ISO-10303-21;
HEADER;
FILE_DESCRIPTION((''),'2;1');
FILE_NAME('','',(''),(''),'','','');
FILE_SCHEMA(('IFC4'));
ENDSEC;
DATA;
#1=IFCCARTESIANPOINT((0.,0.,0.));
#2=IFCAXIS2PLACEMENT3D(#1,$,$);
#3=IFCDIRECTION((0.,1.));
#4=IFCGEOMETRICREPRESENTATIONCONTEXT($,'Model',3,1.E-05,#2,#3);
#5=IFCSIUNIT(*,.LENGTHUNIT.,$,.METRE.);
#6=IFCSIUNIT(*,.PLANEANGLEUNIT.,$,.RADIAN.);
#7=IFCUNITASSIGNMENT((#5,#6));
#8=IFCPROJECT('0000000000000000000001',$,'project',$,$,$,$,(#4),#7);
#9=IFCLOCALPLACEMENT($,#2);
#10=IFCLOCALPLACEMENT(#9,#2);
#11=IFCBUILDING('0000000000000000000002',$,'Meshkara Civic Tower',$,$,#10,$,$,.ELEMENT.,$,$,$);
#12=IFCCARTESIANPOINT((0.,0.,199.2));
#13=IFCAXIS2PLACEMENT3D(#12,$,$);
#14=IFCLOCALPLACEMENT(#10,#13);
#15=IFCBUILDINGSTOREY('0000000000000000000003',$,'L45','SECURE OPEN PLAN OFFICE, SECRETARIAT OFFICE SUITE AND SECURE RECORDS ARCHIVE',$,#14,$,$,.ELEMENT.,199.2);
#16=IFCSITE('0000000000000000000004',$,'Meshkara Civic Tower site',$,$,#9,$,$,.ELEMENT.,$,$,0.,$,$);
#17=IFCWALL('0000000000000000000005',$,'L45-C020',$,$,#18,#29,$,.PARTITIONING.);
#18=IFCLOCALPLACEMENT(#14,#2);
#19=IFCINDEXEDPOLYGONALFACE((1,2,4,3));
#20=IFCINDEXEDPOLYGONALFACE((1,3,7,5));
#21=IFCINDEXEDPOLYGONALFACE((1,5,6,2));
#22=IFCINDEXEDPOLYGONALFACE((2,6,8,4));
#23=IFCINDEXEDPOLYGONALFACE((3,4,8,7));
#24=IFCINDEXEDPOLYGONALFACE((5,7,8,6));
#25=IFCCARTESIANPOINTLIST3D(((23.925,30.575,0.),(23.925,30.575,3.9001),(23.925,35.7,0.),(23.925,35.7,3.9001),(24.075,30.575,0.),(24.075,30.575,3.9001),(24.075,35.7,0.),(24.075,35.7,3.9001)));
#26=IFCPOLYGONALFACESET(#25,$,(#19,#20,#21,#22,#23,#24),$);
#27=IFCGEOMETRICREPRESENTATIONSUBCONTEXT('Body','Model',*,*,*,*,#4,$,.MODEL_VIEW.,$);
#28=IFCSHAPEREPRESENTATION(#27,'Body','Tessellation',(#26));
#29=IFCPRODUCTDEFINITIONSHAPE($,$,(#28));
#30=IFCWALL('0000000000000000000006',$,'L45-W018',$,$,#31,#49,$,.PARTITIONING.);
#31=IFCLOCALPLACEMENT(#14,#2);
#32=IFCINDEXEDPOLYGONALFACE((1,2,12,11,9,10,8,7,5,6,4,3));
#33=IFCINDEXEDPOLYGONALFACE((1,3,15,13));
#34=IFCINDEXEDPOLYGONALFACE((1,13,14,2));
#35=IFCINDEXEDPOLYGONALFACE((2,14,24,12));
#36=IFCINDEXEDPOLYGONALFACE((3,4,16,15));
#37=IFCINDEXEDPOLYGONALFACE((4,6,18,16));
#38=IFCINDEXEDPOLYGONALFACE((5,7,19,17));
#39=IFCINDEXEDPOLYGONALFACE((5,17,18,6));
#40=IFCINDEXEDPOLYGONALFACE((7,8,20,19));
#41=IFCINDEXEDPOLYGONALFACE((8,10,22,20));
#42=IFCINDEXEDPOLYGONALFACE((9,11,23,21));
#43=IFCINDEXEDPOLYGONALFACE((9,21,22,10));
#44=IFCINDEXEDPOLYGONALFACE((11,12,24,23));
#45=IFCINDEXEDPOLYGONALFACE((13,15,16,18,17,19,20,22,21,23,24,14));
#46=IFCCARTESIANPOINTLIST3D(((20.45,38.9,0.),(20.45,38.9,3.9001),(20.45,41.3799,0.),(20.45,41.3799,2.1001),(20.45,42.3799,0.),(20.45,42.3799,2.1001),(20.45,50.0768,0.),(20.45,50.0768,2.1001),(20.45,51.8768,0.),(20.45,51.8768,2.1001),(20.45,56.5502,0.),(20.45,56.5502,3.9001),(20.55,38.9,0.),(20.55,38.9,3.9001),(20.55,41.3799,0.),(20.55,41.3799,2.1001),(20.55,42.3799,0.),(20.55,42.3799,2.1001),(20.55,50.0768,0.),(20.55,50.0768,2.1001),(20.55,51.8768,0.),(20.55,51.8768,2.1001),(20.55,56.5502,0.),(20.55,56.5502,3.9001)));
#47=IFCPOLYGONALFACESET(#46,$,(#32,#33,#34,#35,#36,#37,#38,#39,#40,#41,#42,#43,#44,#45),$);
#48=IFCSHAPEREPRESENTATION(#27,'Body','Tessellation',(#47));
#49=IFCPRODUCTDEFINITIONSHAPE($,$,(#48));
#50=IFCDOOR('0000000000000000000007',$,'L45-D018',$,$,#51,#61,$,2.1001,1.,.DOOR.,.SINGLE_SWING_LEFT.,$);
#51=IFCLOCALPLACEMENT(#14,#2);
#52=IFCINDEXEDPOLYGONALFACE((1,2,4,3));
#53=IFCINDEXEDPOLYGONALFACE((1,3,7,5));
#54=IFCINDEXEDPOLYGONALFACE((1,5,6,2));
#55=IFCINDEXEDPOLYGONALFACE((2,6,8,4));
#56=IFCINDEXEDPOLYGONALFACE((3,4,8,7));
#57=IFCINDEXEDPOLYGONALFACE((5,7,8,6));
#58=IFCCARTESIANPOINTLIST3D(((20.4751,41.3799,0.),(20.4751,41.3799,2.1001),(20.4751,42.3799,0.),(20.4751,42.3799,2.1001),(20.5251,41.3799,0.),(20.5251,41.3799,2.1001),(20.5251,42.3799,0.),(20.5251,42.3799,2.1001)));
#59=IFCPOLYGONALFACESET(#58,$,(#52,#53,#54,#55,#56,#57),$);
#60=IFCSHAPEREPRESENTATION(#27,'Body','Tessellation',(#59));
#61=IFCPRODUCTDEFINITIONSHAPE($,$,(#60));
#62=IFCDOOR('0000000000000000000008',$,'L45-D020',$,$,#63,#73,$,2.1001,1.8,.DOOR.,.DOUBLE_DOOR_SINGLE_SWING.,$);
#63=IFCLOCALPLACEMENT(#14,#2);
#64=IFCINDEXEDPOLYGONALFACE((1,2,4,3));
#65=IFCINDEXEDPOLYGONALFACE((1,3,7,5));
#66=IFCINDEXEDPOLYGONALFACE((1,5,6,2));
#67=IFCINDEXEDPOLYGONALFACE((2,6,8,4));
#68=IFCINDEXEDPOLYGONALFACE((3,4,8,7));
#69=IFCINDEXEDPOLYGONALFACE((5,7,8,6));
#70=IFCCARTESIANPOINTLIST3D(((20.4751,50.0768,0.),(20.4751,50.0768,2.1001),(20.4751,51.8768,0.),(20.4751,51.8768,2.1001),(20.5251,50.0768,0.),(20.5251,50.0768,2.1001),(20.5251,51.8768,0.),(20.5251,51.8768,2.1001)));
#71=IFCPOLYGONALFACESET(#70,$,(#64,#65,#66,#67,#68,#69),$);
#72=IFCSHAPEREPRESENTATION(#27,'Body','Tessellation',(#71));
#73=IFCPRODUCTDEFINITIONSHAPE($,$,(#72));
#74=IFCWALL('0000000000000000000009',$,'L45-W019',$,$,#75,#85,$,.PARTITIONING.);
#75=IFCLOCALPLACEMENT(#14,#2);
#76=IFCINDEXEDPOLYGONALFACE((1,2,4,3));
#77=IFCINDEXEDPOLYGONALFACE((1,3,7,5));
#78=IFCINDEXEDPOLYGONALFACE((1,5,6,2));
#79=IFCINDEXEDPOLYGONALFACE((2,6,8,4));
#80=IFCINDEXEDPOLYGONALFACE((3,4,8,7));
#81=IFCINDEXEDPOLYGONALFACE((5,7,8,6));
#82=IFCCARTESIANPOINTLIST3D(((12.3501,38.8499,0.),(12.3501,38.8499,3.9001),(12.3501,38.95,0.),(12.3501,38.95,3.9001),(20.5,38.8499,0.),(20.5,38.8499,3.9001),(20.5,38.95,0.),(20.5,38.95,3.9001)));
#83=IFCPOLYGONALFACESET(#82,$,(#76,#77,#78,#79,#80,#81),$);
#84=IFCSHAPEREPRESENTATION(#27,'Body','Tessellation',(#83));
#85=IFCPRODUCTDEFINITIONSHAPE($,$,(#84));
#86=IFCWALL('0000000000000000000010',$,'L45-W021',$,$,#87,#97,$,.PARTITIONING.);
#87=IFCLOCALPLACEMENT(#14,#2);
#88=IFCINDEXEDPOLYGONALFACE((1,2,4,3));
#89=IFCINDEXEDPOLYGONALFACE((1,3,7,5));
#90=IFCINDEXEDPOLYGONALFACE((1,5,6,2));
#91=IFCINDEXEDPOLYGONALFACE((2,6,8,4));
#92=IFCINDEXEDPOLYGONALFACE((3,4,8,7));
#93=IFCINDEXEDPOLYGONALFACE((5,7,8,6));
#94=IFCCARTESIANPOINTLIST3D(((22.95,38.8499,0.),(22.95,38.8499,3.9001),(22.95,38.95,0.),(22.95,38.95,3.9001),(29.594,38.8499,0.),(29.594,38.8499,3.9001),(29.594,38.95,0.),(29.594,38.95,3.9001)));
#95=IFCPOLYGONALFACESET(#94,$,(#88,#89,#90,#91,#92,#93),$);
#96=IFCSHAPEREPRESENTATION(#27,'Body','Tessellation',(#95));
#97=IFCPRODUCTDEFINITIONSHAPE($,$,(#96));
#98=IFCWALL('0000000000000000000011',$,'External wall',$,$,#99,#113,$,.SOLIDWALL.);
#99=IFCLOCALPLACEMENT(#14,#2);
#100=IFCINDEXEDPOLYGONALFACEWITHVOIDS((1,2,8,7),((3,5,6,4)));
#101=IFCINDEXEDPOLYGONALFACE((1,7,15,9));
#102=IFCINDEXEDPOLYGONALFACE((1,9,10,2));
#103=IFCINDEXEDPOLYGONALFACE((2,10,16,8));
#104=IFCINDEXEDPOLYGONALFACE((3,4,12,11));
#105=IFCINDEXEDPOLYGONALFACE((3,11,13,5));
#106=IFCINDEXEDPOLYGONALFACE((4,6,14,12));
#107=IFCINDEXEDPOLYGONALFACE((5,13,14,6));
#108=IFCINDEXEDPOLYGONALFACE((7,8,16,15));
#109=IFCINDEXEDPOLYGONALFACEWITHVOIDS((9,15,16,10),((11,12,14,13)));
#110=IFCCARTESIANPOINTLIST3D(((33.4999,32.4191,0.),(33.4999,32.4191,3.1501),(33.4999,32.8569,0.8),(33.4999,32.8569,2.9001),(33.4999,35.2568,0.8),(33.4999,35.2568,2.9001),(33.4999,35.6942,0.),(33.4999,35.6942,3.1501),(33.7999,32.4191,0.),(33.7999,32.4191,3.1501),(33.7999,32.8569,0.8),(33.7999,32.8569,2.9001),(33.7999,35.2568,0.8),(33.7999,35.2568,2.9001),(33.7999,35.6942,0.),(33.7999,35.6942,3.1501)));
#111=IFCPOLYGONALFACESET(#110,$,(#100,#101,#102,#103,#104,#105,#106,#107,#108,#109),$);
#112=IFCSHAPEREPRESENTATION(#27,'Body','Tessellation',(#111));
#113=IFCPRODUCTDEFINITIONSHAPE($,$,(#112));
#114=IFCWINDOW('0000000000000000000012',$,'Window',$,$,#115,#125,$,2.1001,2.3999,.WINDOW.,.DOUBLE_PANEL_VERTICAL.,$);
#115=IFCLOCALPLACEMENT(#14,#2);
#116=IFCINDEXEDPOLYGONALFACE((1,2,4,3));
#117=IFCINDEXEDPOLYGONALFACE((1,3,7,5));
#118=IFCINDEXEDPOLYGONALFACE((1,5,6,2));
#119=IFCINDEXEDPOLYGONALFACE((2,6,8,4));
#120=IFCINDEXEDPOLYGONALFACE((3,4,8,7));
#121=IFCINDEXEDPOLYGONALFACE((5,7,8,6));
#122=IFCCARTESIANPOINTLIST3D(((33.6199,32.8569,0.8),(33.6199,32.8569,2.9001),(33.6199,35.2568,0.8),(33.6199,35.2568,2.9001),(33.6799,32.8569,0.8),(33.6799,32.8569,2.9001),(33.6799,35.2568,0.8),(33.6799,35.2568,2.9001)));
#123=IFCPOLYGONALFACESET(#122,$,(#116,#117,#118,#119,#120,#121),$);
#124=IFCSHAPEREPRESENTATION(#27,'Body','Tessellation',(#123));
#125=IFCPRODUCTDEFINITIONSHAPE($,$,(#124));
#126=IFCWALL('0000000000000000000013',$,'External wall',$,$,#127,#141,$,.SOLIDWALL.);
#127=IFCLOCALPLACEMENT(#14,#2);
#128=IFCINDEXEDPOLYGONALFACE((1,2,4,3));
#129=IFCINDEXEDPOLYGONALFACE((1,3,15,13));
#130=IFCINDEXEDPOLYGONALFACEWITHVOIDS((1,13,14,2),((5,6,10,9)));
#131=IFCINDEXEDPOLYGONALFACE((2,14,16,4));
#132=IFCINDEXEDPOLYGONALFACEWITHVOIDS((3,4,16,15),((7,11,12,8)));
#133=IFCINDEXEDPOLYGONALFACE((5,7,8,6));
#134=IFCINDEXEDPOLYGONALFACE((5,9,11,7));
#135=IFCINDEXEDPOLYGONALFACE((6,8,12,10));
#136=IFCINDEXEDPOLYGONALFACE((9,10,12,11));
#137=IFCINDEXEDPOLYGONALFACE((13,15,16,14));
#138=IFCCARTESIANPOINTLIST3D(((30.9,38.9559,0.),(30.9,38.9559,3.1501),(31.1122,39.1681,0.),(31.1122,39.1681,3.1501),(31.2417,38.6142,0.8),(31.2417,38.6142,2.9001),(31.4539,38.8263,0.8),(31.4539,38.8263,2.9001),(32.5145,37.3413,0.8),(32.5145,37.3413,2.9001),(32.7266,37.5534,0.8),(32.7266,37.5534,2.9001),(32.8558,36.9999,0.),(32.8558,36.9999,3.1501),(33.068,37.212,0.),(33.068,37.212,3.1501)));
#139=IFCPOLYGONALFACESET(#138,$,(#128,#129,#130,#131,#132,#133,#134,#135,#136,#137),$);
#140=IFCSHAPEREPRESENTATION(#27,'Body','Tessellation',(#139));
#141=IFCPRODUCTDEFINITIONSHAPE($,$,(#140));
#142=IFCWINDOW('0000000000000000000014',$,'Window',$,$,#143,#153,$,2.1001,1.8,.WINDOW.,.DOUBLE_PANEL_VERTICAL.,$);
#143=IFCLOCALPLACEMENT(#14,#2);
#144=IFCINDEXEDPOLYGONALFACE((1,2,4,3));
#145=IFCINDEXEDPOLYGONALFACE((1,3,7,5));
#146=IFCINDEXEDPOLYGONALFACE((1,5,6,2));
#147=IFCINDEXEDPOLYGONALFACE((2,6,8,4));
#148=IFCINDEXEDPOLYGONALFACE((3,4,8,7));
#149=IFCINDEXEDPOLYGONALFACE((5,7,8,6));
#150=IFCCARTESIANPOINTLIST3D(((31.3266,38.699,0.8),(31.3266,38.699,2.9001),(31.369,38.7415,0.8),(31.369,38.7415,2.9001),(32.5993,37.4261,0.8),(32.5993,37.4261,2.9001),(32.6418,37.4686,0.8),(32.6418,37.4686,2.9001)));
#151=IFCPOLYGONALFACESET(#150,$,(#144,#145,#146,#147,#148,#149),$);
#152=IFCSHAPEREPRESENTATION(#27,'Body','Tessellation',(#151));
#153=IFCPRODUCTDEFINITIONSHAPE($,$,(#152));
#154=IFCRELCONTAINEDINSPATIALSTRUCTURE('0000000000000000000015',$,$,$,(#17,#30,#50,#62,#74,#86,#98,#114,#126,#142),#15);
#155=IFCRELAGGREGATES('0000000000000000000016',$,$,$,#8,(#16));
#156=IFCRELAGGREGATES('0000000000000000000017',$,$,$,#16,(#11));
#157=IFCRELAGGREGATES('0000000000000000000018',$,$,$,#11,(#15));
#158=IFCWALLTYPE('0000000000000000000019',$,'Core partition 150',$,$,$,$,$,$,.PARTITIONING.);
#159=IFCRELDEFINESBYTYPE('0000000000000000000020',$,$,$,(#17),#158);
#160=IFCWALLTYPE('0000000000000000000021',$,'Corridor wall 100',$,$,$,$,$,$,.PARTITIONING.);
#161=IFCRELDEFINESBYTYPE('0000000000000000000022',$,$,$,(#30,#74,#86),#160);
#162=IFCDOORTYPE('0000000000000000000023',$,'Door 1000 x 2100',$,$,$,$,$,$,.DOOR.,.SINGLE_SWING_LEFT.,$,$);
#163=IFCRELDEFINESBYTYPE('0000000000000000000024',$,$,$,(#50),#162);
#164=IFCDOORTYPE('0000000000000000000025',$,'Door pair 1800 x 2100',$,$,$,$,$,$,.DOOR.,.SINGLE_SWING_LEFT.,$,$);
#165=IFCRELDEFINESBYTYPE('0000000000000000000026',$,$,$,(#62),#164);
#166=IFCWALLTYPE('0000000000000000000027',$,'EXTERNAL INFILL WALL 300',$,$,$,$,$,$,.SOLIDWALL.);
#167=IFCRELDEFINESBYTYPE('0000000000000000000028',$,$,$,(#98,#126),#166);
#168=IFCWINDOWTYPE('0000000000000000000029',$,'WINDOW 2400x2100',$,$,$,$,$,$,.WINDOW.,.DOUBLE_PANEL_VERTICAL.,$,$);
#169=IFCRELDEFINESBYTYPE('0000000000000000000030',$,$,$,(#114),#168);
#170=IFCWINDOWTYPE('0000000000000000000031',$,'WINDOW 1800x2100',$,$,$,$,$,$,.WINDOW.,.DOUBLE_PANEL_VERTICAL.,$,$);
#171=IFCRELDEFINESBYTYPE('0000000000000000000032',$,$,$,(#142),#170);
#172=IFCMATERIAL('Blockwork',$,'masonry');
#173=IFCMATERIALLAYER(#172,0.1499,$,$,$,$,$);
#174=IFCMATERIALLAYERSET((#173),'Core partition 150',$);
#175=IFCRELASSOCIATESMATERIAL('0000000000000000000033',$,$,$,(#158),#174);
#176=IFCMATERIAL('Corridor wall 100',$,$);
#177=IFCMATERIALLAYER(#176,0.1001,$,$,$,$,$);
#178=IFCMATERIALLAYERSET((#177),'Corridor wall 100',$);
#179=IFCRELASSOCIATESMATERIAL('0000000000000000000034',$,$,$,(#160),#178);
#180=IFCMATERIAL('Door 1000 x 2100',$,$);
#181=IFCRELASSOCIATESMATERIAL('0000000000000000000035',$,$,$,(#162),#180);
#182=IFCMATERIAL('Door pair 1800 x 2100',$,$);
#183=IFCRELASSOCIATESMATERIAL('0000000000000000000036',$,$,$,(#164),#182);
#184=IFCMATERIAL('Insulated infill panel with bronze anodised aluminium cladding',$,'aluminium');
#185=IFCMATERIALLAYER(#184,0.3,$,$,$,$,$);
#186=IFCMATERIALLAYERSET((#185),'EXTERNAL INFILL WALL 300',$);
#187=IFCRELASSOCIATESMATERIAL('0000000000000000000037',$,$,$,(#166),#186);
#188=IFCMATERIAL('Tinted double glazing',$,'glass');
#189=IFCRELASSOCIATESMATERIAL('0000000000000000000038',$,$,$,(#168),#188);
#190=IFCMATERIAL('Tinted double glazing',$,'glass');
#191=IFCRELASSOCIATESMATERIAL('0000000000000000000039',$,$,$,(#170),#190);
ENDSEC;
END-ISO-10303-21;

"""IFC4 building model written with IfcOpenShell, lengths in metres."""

from ifc_helpers import new_model, si_unit, direction, frame, frame_2d, origin, place, context, subcontext, project, spatial, rectangle, extrude, material, layer, layer_set, type_object, element, fill, save


model = new_model("IFC4")

# Units and contexts
model_context = context("Model", 3, precision=1e-05, world=origin(), true_north=direction((0.0, 1.0)))
body_context = subcontext(model_context, "Body", "Model", "MODEL_VIEW")
ifc_project = project(units=[si_unit("LENGTHUNIT", "METRE"), si_unit("PLANEANGLEUNIT", "RADIAN")], contexts=[model_context])

# Site, building, storey
site_placement = place(None, origin())
site = spatial("IfcSite", under=ifc_project, at=site_placement, Name="Meshkara Civic Tower site", CompositionType="ELEMENT", RefElevation=0.0)
building_placement = place(site_placement, origin())
building = spatial("IfcBuilding", under=site, at=building_placement, Name="Meshkara Civic Tower", CompositionType="ELEMENT")
storey_placement = place(building_placement, frame((0.0, 0.0, 199.2)))
storey = spatial("IfcBuildingStorey", under=building, at=storey_placement, Name="L45", Description="SECURE OPEN PLAN OFFICE, SECRETARIAT OFFICE SUITE AND SECURE RECORDS ARCHIVE", CompositionType="ELEMENT", Elevation=199.2)

# Shared definitions
ifc_material_1 = material(Name="Blockwork", Category="masonry")
ifc_layer_1 = layer(ifc_material_1, 0.1499)
ifc_layer_set_1 = layer_set([ifc_layer_1], Name="Core partition 150")
wall_type_1 = type_object("IfcWallType", Name="Core partition 150", PredefinedType="PARTITIONING", material=ifc_layer_set_1)

# Wall
for number, where, z_axis, x_axis, name in (
    (1, (24.0, 30.575, 0.0), (0.0, 0.0, 1.0), (0.0, 1.0, 0.0), "L45-C020"),
):
    element("IfcWall", number, at=place(storey_placement, frame(where, z_axis=z_axis, x_axis=x_axis)), inside=storey, type_object=wall_type_1, Name=name, PredefinedType="PARTITIONING", context=body_context, shape_type="SweptSolid", body=[
        extrude(rectangle(XDim=5.125, YDim=0.1499, at=frame_2d((2.5625, 0.0))), origin(), (0.0, 0.0, 1.0), 3.9001),
    ])

# Wall, openings, doors
ifc_material_2 = material(Name="Corridor wall 100")
ifc_layer_2 = layer(ifc_material_2, 0.1001)
ifc_layer_set_2 = layer_set([ifc_layer_2], Name="Corridor wall 100")
wall_type_2 = type_object("IfcWallType", Name="Corridor wall 100", PredefinedType="PARTITIONING", material=ifc_layer_set_2)
wall_1_placement = place(storey_placement, frame((20.5, 38.8999, 0.0), z_axis=(0.0, 0.0, 1.0), x_axis=(0.0, 1.0, 0.0)))
wall_1 = element("IfcWall", 2, at=wall_1_placement, inside=storey, type_object=wall_type_2, Name="L45-W018", PredefinedType="PARTITIONING", context=body_context, shape_type="SweptSolid", body=[
    extrude(rectangle(XDim=17.6501, YDim=0.1001, at=frame_2d((8.8252, 0.0))), origin(), (0.0, 0.0, 1.0), 3.9001),
])
opening_1_placement = place(wall_1_placement, frame((2.48, 0.0, 0.0)))
opening_1 = element("IfcOpeningElement", 3, at=opening_1_placement, cuts=wall_1, PredefinedType="OPENING", context=body_context, shape_type="SweptSolid", body=[
    extrude(rectangle(XDim=1.0, YDim=2.1001, at=frame_2d((0.5, 1.05))), frame((0.0, 0.0601, 0.0), z_axis=(0.0, -1.0, 0.0), x_axis=(1.0, 0.0, 0.0)), (0.0, 0.0, 1.0), 0.1201),
])
opening_2_placement = place(wall_1_placement, frame((11.177, 0.0, 0.0)))
opening_2 = element("IfcOpeningElement", 4, at=opening_2_placement, cuts=wall_1, PredefinedType="OPENING", context=body_context, shape_type="SweptSolid", body=[
    extrude(rectangle(XDim=1.8, YDim=2.1001, at=frame_2d((0.8999, 1.05))), frame((0.0, 0.0601, 0.0), z_axis=(0.0, -1.0, 0.0), x_axis=(1.0, 0.0, 0.0)), (0.0, 0.0, 1.0), 0.1201),
])
ifc_material_3 = material(Name="Door 1000 x 2100")
door_type_1 = type_object("IfcDoorType", Name="Door 1000 x 2100", OperationType="SINGLE_SWING_LEFT", PredefinedType="DOOR", material=ifc_material_3)
door_1_placement = place(opening_1_placement, origin())
door_1 = element("IfcDoor", 5, at=door_1_placement, inside=storey, type_object=door_type_1, Name="L45-D018", OperationType="SINGLE_SWING_LEFT", OverallHeight=2.1001, OverallWidth=1.0, PredefinedType="DOOR", context=body_context, shape_type="SweptSolid", body=[
    extrude(rectangle(XDim=1.0, YDim=2.1001, at=frame_2d((0.5, 1.05))), frame((0.0, 0.0249, 0.0), z_axis=(0.0, -1.0, 0.0), x_axis=(1.0, 0.0, 0.0)), (0.0, 0.0, 1.0), 0.05),
])
fill(opening_1, door_1)
ifc_material_4 = material(Name="Door pair 1800 x 2100")
door_type_2 = type_object("IfcDoorType", Name="Door pair 1800 x 2100", OperationType="SINGLE_SWING_LEFT", PredefinedType="DOOR", material=ifc_material_4)
door_2_placement = place(opening_2_placement, origin())
door_2 = element("IfcDoor", 6, at=door_2_placement, inside=storey, type_object=door_type_2, Name="L45-D020", OperationType="DOUBLE_DOOR_SINGLE_SWING", OverallHeight=2.1001, OverallWidth=1.8, PredefinedType="DOOR", context=body_context, shape_type="SweptSolid", body=[
    extrude(rectangle(XDim=1.8, YDim=2.1001, at=frame_2d((0.8999, 1.05))), frame((0.0, 0.0249, 0.0), z_axis=(0.0, -1.0, 0.0), x_axis=(1.0, 0.0, 0.0)), (0.0, 0.0, 1.0), 0.05),
])
fill(opening_2, door_2)

# Walls
wall_2_placement = place(storey_placement, frame((20.5, 38.8999, 0.0), z_axis=(0.0, 0.0, 1.0), x_axis=(-1.0, 0.0, 0.0)))
element("IfcWall", 7, at=wall_2_placement, inside=storey, type_object=wall_type_2, Name="L45-W019", PredefinedType="PARTITIONING", context=body_context, shape_type="SweptSolid", body=[
    extrude(rectangle(XDim=8.1499, YDim=0.1001, at=frame_2d((4.075, 0.0))), origin(), (0.0, 0.0, 1.0), 3.9001),
])
wall_3_placement = place(storey_placement, frame((29.594, 38.8999, 0.0), z_axis=(0.0, 0.0, 1.0), x_axis=(-1.0, 0.0, 0.0)))
element("IfcWall", 8, at=wall_3_placement, inside=storey, type_object=wall_type_2, Name="L45-W021", PredefinedType="PARTITIONING", context=body_context, shape_type="SweptSolid", body=[
    extrude(rectangle(XDim=6.644, YDim=0.1001, at=frame_2d((3.322, 0.0))), origin(), (0.0, 0.0, 1.0), 3.9001),
])

# Walls, openings, windows
ifc_material_5 = material(Name="Insulated infill panel with bronze anodised aluminium cladding", Category="aluminium")
ifc_layer_3 = layer(ifc_material_5, 0.3)
ifc_layer_set_3 = layer_set([ifc_layer_3], Name="EXTERNAL INFILL WALL 300")
wall_type_3 = type_object("IfcWallType", Name="EXTERNAL INFILL WALL 300", PredefinedType="SOLIDWALL", material=ifc_layer_set_3)
wall_4_placement = place(storey_placement, frame((33.6499, 32.4189, 0.0), z_axis=(0.0, 0.0, 1.0), x_axis=(0.0, 1.0, 0.0)))
wall_4 = element("IfcWall", 9, at=wall_4_placement, inside=storey, type_object=wall_type_3, Name="External wall", PredefinedType="SOLIDWALL", context=body_context, shape_type="SweptSolid", body=[
    extrude(rectangle(XDim=3.2751, YDim=0.3, at=frame_2d((1.6377, 0.0))), origin(), (0.0, 0.0, 1.0), 3.1501),
])
opening_3_placement = place(wall_4_placement, frame((0.438, 0.0, 0.8)))
opening_3 = element("IfcOpeningElement", 10, at=opening_3_placement, cuts=wall_4, PredefinedType="OPENING", context=body_context, shape_type="SweptSolid", body=[
    extrude(rectangle(XDim=2.3999, YDim=2.1001, at=frame_2d((1.2, 1.05))), frame((0.0, 0.1599, 0.0), z_axis=(0.0, -1.0, 0.0), x_axis=(1.0, 0.0, 0.0)), (0.0, 0.0, 1.0), 0.3201),
])
ifc_material_6 = material(Name="Tinted double glazing", Category="glass")
window_type_1 = type_object("IfcWindowType", Name="WINDOW 2400x2100", PartitioningType="DOUBLE_PANEL_VERTICAL", PredefinedType="WINDOW", material=ifc_material_6)
window_1_placement = place(opening_3_placement, origin())
window_1 = element("IfcWindow", 11, at=window_1_placement, inside=storey, type_object=window_type_1, Name="Window", OverallHeight=2.1001, OverallWidth=2.3999, PartitioningType="DOUBLE_PANEL_VERTICAL", PredefinedType="WINDOW", context=body_context, shape_type="SweptSolid", body=[
    extrude(rectangle(XDim=2.3999, YDim=2.1001, at=frame_2d((1.2, 1.05))), frame((0.0, 0.03, 0.0), z_axis=(0.0, -1.0, 0.0), x_axis=(1.0, 0.0, 0.0)), (0.0, 0.0, 1.0), 0.0601),
])
fill(opening_3, window_1)
wall_5_placement = place(storey_placement, frame((32.9619, 37.106, 0.0), z_axis=(0.0, 0.0, 1.0), x_axis=(-0.707063, 0.707151, 0.0)))
wall_5 = element("IfcWall", 12, at=wall_5_placement, inside=storey, type_object=wall_type_3, Name="External wall", PredefinedType="SOLIDWALL", context=body_context, shape_type="SweptSolid", body=[
    extrude(rectangle(XDim=2.7661, YDim=0.3, at=frame_2d((1.3831, 0.0))), origin(), (0.0, 0.0, 1.0), 3.1501),
])
opening_4_placement = place(wall_5_placement, frame((0.4829, 0.0, 0.8)))
opening_4 = element("IfcOpeningElement", 13, at=opening_4_placement, cuts=wall_5, PredefinedType="OPENING", context=body_context, shape_type="SweptSolid", body=[
    extrude(rectangle(XDim=1.8, YDim=2.1001, at=frame_2d((0.8999, 1.05))), frame((0.0, 0.1599, 0.0), z_axis=(0.0, -1.0, 0.0), x_axis=(1.0, 0.0, 0.0)), (0.0, 0.0, 1.0), 0.3201),
])
ifc_material_7 = material(Name="Tinted double glazing", Category="glass")
window_type_2 = type_object("IfcWindowType", Name="WINDOW 1800x2100", PartitioningType="DOUBLE_PANEL_VERTICAL", PredefinedType="WINDOW", material=ifc_material_7)
window_2_placement = place(opening_4_placement, origin())
window_2 = element("IfcWindow", 14, at=window_2_placement, inside=storey, type_object=window_type_2, Name="Window", OverallHeight=2.1001, OverallWidth=1.8, PartitioningType="DOUBLE_PANEL_VERTICAL", PredefinedType="WINDOW", context=body_context, shape_type="SweptSolid", body=[
    extrude(rectangle(XDim=1.8, YDim=2.1001, at=frame_2d((0.8999, 1.05))), frame((0.0, 0.03, 0.0), z_axis=(0.0, -1.0, 0.0), x_axis=(1.0, 0.0, 0.0)), (0.0, 0.0, 1.0), 0.0601),
])
fill(opening_4, window_2)

save(model, "model.ifc")
